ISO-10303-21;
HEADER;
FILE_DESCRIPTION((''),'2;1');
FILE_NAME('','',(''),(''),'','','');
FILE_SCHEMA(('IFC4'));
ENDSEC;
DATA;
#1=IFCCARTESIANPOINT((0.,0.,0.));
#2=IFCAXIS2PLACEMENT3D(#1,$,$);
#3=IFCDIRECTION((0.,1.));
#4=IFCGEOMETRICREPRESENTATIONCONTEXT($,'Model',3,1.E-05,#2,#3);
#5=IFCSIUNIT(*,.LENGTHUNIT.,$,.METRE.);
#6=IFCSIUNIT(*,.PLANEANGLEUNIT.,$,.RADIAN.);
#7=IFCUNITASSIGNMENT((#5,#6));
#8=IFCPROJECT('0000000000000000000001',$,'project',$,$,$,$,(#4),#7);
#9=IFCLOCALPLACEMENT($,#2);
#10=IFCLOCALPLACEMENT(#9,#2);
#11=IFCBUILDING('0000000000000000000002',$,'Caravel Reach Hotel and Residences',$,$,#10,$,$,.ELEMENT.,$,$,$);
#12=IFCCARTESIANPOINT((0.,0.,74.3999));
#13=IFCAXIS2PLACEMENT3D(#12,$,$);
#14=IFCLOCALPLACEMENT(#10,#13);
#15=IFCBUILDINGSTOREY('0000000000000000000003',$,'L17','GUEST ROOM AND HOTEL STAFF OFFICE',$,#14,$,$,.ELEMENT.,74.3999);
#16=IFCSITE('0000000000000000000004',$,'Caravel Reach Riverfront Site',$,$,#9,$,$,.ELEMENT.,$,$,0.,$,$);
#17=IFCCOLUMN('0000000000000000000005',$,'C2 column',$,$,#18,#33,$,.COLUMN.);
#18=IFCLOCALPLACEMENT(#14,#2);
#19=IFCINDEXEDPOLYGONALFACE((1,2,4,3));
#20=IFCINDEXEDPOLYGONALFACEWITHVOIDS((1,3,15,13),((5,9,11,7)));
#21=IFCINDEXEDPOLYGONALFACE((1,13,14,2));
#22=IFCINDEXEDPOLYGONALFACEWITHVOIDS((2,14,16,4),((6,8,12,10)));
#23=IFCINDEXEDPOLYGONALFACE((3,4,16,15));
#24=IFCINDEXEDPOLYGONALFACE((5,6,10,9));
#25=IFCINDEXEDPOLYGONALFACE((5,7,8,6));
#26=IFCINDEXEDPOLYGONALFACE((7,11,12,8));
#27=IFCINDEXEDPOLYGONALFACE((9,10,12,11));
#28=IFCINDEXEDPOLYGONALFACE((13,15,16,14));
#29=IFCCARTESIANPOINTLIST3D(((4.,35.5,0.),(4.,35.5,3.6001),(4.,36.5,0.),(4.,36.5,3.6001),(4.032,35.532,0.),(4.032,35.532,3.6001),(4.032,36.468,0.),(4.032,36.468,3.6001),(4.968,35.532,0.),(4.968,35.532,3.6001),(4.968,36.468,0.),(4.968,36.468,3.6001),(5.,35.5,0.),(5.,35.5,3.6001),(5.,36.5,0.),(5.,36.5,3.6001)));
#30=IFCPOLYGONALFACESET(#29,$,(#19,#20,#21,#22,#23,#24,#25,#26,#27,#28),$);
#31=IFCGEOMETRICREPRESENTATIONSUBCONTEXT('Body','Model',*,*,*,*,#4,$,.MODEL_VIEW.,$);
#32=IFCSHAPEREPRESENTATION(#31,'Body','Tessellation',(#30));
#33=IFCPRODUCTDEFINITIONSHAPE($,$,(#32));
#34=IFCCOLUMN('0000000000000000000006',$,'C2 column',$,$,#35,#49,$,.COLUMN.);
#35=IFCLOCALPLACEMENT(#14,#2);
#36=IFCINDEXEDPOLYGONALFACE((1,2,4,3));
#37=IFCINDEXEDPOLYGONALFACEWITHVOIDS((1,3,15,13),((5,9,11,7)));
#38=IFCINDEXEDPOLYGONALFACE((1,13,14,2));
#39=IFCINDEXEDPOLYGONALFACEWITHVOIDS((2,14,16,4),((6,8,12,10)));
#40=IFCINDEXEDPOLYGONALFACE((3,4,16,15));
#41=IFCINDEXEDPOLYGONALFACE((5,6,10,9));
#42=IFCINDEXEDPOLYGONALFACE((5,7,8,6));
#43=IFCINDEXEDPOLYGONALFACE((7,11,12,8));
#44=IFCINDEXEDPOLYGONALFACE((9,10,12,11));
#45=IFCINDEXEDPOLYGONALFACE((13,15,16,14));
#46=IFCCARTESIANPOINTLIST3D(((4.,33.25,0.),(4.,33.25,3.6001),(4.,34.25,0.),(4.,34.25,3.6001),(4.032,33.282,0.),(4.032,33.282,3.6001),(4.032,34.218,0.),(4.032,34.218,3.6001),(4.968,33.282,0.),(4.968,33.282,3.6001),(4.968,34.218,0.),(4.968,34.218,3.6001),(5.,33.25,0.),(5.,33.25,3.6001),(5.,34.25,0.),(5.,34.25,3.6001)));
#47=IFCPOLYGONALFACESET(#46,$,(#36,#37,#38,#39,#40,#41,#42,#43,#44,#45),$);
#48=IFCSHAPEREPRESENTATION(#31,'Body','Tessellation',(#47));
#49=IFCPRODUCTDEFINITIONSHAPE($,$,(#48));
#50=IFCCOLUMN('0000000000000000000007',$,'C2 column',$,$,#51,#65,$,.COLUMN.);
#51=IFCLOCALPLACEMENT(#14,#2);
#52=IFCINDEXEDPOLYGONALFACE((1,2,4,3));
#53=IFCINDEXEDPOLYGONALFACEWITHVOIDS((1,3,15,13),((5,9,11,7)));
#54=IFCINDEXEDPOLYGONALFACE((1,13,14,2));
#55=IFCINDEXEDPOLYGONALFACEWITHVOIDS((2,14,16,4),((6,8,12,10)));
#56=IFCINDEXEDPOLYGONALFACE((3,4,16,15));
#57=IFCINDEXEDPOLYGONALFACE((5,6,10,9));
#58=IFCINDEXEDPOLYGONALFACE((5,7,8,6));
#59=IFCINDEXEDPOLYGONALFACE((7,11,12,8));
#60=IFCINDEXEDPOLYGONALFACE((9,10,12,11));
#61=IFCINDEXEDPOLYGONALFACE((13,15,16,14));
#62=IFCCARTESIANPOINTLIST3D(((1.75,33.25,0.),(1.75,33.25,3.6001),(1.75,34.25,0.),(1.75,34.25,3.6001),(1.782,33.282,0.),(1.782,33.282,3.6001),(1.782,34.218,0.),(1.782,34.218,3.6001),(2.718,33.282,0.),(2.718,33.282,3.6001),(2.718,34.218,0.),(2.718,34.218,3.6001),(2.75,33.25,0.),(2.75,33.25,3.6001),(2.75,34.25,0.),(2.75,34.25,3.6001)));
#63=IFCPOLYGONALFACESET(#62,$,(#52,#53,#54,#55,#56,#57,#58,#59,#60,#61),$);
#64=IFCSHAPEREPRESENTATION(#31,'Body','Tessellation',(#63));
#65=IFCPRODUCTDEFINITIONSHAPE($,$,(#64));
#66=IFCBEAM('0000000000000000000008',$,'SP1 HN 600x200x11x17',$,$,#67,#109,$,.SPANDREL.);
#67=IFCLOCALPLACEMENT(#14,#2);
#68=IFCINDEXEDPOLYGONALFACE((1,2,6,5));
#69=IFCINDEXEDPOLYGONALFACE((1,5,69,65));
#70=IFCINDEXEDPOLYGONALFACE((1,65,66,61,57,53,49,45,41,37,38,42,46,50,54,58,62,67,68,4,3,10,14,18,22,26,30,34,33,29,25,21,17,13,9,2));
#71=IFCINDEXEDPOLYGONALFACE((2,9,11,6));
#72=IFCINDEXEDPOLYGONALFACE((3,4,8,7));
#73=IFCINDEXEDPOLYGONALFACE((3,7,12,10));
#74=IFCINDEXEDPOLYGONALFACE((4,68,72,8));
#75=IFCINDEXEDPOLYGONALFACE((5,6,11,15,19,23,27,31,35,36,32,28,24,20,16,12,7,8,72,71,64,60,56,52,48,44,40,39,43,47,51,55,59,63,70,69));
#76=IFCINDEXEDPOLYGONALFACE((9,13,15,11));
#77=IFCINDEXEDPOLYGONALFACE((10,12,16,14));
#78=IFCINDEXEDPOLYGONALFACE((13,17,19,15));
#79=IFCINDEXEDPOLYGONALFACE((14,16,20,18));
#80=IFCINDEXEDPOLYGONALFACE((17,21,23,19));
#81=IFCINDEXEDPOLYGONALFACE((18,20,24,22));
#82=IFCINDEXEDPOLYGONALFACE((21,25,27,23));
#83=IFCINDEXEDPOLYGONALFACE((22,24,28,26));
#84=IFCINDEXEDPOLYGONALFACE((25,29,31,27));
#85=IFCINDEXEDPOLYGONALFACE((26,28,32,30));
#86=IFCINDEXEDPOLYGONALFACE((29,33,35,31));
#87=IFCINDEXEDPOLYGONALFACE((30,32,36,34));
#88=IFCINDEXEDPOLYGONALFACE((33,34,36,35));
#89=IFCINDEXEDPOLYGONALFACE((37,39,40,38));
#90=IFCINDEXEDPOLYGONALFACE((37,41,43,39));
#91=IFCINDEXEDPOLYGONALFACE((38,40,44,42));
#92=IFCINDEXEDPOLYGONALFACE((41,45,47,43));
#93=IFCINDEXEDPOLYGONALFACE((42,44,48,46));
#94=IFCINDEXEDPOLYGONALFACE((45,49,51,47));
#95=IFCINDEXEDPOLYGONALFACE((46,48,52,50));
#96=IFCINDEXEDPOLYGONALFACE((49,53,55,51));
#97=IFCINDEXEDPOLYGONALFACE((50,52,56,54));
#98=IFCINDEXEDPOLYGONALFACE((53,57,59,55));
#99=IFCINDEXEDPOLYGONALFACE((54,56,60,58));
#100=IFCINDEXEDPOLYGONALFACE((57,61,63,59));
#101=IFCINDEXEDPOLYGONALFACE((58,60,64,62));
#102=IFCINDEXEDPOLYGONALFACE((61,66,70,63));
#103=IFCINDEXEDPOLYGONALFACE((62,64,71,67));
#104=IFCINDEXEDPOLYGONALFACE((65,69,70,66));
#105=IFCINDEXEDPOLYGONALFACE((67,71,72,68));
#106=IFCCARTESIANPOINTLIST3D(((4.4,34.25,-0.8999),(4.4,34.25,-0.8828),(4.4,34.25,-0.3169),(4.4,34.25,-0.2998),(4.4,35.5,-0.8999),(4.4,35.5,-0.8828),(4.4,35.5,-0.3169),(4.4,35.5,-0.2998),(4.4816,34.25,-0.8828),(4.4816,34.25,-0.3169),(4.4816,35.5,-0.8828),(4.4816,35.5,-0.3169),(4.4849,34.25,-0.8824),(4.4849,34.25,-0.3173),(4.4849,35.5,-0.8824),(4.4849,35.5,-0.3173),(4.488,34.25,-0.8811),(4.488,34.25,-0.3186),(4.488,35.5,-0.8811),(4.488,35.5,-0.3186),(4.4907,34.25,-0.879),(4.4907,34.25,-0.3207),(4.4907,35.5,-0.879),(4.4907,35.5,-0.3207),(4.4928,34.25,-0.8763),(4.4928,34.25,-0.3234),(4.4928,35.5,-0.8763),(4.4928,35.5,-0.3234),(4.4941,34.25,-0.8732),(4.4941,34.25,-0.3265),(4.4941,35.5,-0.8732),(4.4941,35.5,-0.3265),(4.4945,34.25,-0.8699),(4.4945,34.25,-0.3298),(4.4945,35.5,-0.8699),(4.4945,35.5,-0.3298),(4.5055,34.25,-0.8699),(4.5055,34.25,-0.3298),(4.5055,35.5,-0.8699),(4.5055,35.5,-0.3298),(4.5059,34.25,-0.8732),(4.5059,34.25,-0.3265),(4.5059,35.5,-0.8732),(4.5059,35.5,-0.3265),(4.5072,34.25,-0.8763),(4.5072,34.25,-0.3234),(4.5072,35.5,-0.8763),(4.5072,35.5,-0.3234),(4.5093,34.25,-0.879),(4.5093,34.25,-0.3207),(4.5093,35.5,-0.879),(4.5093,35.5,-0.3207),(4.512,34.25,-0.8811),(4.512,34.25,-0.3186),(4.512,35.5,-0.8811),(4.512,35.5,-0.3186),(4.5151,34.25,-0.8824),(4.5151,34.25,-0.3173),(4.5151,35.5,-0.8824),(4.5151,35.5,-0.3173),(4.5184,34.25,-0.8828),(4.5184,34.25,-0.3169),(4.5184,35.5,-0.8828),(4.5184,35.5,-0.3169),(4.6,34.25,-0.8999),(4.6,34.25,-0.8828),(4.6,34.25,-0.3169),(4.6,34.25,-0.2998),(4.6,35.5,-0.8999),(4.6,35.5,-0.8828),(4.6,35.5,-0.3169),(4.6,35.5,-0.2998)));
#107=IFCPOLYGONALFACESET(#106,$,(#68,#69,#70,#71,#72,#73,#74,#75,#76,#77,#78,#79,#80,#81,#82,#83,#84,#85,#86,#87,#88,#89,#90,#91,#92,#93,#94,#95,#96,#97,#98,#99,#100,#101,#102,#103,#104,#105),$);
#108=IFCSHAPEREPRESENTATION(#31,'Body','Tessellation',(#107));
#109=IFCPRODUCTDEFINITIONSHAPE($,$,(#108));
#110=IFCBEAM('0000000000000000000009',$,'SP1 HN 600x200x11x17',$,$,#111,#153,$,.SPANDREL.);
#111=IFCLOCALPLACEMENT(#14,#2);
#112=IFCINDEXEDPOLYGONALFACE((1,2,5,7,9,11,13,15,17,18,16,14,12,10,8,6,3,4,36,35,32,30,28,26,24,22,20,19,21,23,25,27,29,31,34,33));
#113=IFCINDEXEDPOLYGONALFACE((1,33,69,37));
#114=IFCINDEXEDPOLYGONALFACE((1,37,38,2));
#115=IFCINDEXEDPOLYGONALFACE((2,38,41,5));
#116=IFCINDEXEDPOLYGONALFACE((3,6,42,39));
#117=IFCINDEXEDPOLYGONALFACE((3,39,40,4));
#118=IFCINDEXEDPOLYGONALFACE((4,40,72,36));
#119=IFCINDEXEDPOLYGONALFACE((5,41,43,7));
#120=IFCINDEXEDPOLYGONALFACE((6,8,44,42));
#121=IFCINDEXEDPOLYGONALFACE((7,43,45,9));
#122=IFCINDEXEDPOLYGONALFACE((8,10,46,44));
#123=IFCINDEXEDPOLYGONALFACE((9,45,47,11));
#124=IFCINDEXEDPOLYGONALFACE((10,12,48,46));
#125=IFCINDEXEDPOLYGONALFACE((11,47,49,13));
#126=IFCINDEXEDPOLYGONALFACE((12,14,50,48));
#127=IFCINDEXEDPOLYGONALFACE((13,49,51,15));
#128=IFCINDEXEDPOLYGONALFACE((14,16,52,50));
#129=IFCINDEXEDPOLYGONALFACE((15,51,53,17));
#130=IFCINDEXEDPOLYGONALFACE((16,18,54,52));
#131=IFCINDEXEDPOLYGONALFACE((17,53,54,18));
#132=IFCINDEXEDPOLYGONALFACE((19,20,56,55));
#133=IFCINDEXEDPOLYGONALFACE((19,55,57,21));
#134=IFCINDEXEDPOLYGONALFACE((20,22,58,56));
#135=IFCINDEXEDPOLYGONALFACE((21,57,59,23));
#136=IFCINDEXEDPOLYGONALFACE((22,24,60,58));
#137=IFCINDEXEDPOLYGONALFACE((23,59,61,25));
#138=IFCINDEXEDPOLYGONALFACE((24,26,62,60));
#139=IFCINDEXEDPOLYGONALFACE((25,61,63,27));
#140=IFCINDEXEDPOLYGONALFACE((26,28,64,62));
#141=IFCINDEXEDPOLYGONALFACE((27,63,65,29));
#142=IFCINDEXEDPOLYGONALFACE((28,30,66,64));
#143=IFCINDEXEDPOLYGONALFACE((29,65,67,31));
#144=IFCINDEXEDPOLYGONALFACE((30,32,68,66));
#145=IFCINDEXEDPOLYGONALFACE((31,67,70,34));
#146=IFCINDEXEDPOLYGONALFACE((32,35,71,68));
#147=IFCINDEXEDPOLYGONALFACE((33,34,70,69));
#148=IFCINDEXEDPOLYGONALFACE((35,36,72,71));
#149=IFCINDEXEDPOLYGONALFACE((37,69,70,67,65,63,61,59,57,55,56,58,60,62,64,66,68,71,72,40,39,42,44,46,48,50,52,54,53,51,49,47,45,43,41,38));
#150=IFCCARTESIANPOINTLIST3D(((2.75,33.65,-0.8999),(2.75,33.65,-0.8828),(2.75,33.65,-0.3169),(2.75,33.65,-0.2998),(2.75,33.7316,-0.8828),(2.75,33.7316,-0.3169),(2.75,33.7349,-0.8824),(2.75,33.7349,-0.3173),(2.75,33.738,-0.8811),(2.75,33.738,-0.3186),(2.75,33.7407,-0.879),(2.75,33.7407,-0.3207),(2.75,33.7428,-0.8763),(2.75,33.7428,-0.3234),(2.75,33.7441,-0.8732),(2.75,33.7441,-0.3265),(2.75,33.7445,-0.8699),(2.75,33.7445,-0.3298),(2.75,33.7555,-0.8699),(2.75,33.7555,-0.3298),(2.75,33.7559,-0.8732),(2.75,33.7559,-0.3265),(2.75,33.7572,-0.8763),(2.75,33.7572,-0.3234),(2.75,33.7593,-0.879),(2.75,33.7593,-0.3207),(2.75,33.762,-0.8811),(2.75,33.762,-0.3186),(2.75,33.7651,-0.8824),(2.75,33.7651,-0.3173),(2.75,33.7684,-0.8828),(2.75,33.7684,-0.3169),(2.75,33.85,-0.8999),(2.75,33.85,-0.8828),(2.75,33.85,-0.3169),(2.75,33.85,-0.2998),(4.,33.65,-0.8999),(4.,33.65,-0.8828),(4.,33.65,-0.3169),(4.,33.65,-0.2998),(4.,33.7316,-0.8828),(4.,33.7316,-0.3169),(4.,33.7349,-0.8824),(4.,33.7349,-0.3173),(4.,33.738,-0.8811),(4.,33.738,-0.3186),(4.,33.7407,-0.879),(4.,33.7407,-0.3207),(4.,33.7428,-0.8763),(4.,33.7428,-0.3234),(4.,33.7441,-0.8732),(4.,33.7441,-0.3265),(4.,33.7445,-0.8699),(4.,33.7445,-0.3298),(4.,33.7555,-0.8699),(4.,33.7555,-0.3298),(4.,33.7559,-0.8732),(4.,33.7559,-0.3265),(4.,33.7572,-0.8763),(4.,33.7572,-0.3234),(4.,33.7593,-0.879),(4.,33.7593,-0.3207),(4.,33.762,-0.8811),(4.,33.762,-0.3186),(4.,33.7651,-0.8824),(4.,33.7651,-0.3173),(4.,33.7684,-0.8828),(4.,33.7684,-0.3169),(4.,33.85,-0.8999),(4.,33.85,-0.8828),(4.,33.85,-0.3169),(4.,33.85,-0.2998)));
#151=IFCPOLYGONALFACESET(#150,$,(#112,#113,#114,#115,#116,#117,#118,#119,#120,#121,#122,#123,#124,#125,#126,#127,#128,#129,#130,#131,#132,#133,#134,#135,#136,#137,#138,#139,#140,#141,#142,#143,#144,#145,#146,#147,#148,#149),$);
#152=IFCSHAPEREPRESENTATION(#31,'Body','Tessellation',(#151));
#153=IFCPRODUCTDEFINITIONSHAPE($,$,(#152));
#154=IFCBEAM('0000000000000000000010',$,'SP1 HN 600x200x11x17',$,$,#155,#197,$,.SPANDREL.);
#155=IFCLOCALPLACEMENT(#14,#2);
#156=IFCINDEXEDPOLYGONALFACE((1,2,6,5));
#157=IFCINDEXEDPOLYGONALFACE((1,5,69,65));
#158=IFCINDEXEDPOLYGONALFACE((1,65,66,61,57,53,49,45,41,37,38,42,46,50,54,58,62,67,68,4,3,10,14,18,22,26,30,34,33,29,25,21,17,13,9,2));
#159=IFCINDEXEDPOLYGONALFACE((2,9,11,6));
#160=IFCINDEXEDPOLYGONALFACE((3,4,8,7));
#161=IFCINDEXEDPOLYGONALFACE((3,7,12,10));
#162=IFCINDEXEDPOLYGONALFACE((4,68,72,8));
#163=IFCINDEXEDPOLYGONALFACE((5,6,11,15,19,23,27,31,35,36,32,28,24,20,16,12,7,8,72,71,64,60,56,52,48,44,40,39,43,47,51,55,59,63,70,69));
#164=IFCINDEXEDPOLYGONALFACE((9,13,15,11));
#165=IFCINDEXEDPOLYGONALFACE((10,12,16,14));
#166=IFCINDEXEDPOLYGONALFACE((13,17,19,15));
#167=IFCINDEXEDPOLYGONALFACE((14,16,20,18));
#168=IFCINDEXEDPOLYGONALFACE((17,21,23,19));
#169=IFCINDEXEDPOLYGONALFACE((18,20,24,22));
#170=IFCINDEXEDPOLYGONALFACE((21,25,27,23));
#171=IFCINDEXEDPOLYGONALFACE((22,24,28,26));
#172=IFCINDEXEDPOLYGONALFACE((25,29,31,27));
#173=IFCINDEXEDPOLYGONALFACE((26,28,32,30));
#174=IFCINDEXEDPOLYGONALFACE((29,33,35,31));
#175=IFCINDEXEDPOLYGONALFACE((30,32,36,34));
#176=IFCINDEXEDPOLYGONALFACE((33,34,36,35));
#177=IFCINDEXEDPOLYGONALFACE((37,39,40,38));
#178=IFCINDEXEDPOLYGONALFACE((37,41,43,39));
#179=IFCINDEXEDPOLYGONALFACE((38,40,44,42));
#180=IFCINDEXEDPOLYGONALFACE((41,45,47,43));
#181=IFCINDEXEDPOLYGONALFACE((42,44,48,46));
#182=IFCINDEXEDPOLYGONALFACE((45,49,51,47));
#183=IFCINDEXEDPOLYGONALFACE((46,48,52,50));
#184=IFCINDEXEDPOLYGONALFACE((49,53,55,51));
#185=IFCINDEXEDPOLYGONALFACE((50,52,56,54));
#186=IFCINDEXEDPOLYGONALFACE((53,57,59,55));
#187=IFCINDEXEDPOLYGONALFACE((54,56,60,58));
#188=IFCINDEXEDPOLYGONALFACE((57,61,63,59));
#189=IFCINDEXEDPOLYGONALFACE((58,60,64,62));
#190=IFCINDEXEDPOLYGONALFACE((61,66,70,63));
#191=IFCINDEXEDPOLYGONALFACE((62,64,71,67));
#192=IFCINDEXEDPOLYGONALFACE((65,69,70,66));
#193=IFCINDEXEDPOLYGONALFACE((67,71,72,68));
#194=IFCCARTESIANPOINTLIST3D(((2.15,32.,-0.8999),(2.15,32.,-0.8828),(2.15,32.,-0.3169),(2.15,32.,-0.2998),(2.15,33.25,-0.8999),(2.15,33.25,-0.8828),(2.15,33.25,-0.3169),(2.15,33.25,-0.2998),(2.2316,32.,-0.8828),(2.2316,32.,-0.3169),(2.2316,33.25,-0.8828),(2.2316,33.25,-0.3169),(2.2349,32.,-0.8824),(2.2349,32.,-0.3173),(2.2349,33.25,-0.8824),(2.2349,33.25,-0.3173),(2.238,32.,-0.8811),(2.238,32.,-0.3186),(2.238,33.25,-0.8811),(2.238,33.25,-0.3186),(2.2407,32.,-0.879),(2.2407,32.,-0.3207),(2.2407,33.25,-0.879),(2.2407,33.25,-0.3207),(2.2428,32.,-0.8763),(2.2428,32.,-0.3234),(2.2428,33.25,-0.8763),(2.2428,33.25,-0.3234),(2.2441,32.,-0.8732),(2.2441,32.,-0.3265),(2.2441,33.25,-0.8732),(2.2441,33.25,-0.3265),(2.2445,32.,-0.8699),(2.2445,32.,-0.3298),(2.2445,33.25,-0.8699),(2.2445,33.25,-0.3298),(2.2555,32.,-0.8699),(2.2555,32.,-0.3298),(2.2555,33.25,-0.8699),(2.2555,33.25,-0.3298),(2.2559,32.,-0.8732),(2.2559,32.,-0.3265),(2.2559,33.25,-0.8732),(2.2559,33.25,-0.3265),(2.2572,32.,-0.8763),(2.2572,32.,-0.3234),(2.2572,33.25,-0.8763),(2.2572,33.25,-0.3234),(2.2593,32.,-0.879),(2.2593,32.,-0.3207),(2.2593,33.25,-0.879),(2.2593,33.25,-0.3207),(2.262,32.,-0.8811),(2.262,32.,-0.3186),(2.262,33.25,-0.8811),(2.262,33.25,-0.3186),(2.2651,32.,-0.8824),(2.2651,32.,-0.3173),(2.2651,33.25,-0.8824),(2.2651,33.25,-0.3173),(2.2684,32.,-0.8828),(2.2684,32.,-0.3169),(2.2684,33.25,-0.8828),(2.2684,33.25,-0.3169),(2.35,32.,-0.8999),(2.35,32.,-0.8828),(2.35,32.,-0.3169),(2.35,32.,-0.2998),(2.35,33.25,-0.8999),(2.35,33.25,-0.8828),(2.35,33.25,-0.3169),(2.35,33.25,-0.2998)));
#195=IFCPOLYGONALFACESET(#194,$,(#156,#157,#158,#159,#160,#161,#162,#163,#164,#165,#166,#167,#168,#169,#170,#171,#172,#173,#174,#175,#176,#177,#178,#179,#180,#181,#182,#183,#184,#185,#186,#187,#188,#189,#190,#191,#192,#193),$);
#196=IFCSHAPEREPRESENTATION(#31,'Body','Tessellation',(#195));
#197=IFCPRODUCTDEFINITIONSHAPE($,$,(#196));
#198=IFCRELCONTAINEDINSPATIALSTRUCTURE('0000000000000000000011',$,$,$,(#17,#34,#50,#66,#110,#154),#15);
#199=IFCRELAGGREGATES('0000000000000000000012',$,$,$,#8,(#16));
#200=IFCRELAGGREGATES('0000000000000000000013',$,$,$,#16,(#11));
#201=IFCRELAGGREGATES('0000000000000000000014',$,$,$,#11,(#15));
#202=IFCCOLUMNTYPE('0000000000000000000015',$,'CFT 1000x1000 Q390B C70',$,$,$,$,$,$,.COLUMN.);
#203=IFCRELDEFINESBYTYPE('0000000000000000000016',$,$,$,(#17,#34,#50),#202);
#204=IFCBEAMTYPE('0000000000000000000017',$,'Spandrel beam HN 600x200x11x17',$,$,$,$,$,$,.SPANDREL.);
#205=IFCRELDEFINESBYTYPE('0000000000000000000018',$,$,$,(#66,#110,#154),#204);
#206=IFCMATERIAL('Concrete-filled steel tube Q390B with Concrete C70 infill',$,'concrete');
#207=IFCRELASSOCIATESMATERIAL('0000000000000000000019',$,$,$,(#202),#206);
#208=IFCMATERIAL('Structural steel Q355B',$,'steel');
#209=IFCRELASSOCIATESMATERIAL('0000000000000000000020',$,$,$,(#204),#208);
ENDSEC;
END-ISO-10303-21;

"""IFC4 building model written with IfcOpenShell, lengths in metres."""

from ifc_helpers import new_model, si_unit, direction, frame, origin, origin_2d, place, context, subcontext, project, spatial, hollow_rectangle, i_section, extrude, material, material_profile, profile_set, type_object, element, save


model = new_model("IFC4")

# Units and contexts
model_context = context("Model", 3, precision=1e-05, world=origin(), true_north=direction((0.0, 1.0)))
body_context = subcontext(model_context, "Body", "Model", "MODEL_VIEW")
ifc_project = project(units=[si_unit("LENGTHUNIT", "METRE"), si_unit("PLANEANGLEUNIT", "RADIAN")], contexts=[model_context])

# Site, building, storey
site_placement = place(None, origin())
site = spatial("IfcSite", under=ifc_project, at=site_placement, Name="Caravel Reach Riverfront Site", CompositionType="ELEMENT", RefElevation=0.0)
building_placement = place(site_placement, origin())
building = spatial("IfcBuilding", under=site, at=building_placement, Name="Caravel Reach Hotel and Residences", CompositionType="ELEMENT")
storey_placement = place(building_placement, frame((0.0, 0.0, 74.3999)))
storey = spatial("IfcBuildingStorey", under=building, at=storey_placement, Name="L17", Description="GUEST ROOM AND HOTEL STAFF OFFICE", CompositionType="ELEMENT", Elevation=74.3999)

# Columns
ifc_material_1 = material(Name="Concrete-filled steel tube Q390B with Concrete C70 infill", Category="concrete")
ifc_material_profile_1 = material_profile(ifc_material_1, hollow_rectangle(XDim=1.0, YDim=1.0, WallThickness=0.032, at=origin_2d()), Name="RHS 1000x1000x32")
ifc_profile_set_1 = profile_set([ifc_material_profile_1], Name="Concrete-filled steel tube Q390B with Concrete C70 infill")
column_type = type_object("IfcColumnType", Name="CFT 1000x1000 Q390B C70", PredefinedType="COLUMN", material=ifc_profile_set_1)
for number, where, z_axis, x_axis, name in (
    (1, (4.5, 36.0, 0.0), (0.0, 0.0, 1.0), (1.0, 0.0, 0.0), "C2 column"),
    (2, (4.5, 33.75, 0.0), (0.0, 0.0, 1.0), (1.0, 0.0, 0.0), "C2 column"),
    (3, (2.25, 33.75, 0.0), (0.0, 0.0, 1.0), (1.0, 0.0, 0.0), "C2 column"),
):
    element("IfcColumn", number, at=place(storey_placement, frame(where, z_axis=z_axis, x_axis=x_axis)), inside=storey, type_object=column_type, Name=name, PredefinedType="COLUMN", context=body_context, shape_type="SweptSolid", body=[
        extrude(hollow_rectangle(XDim=1.0, YDim=1.0, WallThickness=0.032, at=origin_2d()), origin(), (0.0, 0.0, 1.0), 3.6001),
    ])

# Beams
ifc_material_2 = material(Name="Structural steel Q355B", Category="steel")
ifc_material_profile_2 = material_profile(ifc_material_2, i_section(OverallWidth=0.2, OverallDepth=0.6001, WebThickness=0.011, FlangeThickness=0.0171, FilletRadius=0.0129, at=origin_2d()), Name="HN 600x200x11x17")
ifc_profile_set_2 = profile_set([ifc_material_profile_2], Name="Structural steel Q355B")
beam_type = type_object("IfcBeamType", Name="Spandrel beam HN 600x200x11x17", PredefinedType="SPANDREL", material=ifc_profile_set_2)
for number, where, z_axis, x_axis, name in (
    (4, (4.5, 35.5, -0.5999), (0.0, -1.0, 0.0), (1.0, 0.0, 0.0), "SP1 HN 600x200x11x17"),
    (5, (4.0, 33.75, -0.5999), (-1.0, 0.0, 0.0), (0.0, -1.0, 0.0), "SP1 HN 600x200x11x17"),
    (6, (2.25, 33.25, -0.5999), (0.0, -1.0, 0.0), (1.0, 0.0, 0.0), "SP1 HN 600x200x11x17"),
):
    element("IfcBeam", number, at=place(storey_placement, frame(where, z_axis=z_axis, x_axis=x_axis)), inside=storey, type_object=beam_type, Name=name, PredefinedType="SPANDREL", context=body_context, shape_type="SweptSolid", body=[
        extrude(i_section(OverallWidth=0.2, OverallDepth=0.6001, WebThickness=0.011, FlangeThickness=0.0171, FilletRadius=0.0129, at=origin_2d()), origin(), (0.0, 0.0, 1.0), 1.25),
    ])

save(model, "model.ifc")
